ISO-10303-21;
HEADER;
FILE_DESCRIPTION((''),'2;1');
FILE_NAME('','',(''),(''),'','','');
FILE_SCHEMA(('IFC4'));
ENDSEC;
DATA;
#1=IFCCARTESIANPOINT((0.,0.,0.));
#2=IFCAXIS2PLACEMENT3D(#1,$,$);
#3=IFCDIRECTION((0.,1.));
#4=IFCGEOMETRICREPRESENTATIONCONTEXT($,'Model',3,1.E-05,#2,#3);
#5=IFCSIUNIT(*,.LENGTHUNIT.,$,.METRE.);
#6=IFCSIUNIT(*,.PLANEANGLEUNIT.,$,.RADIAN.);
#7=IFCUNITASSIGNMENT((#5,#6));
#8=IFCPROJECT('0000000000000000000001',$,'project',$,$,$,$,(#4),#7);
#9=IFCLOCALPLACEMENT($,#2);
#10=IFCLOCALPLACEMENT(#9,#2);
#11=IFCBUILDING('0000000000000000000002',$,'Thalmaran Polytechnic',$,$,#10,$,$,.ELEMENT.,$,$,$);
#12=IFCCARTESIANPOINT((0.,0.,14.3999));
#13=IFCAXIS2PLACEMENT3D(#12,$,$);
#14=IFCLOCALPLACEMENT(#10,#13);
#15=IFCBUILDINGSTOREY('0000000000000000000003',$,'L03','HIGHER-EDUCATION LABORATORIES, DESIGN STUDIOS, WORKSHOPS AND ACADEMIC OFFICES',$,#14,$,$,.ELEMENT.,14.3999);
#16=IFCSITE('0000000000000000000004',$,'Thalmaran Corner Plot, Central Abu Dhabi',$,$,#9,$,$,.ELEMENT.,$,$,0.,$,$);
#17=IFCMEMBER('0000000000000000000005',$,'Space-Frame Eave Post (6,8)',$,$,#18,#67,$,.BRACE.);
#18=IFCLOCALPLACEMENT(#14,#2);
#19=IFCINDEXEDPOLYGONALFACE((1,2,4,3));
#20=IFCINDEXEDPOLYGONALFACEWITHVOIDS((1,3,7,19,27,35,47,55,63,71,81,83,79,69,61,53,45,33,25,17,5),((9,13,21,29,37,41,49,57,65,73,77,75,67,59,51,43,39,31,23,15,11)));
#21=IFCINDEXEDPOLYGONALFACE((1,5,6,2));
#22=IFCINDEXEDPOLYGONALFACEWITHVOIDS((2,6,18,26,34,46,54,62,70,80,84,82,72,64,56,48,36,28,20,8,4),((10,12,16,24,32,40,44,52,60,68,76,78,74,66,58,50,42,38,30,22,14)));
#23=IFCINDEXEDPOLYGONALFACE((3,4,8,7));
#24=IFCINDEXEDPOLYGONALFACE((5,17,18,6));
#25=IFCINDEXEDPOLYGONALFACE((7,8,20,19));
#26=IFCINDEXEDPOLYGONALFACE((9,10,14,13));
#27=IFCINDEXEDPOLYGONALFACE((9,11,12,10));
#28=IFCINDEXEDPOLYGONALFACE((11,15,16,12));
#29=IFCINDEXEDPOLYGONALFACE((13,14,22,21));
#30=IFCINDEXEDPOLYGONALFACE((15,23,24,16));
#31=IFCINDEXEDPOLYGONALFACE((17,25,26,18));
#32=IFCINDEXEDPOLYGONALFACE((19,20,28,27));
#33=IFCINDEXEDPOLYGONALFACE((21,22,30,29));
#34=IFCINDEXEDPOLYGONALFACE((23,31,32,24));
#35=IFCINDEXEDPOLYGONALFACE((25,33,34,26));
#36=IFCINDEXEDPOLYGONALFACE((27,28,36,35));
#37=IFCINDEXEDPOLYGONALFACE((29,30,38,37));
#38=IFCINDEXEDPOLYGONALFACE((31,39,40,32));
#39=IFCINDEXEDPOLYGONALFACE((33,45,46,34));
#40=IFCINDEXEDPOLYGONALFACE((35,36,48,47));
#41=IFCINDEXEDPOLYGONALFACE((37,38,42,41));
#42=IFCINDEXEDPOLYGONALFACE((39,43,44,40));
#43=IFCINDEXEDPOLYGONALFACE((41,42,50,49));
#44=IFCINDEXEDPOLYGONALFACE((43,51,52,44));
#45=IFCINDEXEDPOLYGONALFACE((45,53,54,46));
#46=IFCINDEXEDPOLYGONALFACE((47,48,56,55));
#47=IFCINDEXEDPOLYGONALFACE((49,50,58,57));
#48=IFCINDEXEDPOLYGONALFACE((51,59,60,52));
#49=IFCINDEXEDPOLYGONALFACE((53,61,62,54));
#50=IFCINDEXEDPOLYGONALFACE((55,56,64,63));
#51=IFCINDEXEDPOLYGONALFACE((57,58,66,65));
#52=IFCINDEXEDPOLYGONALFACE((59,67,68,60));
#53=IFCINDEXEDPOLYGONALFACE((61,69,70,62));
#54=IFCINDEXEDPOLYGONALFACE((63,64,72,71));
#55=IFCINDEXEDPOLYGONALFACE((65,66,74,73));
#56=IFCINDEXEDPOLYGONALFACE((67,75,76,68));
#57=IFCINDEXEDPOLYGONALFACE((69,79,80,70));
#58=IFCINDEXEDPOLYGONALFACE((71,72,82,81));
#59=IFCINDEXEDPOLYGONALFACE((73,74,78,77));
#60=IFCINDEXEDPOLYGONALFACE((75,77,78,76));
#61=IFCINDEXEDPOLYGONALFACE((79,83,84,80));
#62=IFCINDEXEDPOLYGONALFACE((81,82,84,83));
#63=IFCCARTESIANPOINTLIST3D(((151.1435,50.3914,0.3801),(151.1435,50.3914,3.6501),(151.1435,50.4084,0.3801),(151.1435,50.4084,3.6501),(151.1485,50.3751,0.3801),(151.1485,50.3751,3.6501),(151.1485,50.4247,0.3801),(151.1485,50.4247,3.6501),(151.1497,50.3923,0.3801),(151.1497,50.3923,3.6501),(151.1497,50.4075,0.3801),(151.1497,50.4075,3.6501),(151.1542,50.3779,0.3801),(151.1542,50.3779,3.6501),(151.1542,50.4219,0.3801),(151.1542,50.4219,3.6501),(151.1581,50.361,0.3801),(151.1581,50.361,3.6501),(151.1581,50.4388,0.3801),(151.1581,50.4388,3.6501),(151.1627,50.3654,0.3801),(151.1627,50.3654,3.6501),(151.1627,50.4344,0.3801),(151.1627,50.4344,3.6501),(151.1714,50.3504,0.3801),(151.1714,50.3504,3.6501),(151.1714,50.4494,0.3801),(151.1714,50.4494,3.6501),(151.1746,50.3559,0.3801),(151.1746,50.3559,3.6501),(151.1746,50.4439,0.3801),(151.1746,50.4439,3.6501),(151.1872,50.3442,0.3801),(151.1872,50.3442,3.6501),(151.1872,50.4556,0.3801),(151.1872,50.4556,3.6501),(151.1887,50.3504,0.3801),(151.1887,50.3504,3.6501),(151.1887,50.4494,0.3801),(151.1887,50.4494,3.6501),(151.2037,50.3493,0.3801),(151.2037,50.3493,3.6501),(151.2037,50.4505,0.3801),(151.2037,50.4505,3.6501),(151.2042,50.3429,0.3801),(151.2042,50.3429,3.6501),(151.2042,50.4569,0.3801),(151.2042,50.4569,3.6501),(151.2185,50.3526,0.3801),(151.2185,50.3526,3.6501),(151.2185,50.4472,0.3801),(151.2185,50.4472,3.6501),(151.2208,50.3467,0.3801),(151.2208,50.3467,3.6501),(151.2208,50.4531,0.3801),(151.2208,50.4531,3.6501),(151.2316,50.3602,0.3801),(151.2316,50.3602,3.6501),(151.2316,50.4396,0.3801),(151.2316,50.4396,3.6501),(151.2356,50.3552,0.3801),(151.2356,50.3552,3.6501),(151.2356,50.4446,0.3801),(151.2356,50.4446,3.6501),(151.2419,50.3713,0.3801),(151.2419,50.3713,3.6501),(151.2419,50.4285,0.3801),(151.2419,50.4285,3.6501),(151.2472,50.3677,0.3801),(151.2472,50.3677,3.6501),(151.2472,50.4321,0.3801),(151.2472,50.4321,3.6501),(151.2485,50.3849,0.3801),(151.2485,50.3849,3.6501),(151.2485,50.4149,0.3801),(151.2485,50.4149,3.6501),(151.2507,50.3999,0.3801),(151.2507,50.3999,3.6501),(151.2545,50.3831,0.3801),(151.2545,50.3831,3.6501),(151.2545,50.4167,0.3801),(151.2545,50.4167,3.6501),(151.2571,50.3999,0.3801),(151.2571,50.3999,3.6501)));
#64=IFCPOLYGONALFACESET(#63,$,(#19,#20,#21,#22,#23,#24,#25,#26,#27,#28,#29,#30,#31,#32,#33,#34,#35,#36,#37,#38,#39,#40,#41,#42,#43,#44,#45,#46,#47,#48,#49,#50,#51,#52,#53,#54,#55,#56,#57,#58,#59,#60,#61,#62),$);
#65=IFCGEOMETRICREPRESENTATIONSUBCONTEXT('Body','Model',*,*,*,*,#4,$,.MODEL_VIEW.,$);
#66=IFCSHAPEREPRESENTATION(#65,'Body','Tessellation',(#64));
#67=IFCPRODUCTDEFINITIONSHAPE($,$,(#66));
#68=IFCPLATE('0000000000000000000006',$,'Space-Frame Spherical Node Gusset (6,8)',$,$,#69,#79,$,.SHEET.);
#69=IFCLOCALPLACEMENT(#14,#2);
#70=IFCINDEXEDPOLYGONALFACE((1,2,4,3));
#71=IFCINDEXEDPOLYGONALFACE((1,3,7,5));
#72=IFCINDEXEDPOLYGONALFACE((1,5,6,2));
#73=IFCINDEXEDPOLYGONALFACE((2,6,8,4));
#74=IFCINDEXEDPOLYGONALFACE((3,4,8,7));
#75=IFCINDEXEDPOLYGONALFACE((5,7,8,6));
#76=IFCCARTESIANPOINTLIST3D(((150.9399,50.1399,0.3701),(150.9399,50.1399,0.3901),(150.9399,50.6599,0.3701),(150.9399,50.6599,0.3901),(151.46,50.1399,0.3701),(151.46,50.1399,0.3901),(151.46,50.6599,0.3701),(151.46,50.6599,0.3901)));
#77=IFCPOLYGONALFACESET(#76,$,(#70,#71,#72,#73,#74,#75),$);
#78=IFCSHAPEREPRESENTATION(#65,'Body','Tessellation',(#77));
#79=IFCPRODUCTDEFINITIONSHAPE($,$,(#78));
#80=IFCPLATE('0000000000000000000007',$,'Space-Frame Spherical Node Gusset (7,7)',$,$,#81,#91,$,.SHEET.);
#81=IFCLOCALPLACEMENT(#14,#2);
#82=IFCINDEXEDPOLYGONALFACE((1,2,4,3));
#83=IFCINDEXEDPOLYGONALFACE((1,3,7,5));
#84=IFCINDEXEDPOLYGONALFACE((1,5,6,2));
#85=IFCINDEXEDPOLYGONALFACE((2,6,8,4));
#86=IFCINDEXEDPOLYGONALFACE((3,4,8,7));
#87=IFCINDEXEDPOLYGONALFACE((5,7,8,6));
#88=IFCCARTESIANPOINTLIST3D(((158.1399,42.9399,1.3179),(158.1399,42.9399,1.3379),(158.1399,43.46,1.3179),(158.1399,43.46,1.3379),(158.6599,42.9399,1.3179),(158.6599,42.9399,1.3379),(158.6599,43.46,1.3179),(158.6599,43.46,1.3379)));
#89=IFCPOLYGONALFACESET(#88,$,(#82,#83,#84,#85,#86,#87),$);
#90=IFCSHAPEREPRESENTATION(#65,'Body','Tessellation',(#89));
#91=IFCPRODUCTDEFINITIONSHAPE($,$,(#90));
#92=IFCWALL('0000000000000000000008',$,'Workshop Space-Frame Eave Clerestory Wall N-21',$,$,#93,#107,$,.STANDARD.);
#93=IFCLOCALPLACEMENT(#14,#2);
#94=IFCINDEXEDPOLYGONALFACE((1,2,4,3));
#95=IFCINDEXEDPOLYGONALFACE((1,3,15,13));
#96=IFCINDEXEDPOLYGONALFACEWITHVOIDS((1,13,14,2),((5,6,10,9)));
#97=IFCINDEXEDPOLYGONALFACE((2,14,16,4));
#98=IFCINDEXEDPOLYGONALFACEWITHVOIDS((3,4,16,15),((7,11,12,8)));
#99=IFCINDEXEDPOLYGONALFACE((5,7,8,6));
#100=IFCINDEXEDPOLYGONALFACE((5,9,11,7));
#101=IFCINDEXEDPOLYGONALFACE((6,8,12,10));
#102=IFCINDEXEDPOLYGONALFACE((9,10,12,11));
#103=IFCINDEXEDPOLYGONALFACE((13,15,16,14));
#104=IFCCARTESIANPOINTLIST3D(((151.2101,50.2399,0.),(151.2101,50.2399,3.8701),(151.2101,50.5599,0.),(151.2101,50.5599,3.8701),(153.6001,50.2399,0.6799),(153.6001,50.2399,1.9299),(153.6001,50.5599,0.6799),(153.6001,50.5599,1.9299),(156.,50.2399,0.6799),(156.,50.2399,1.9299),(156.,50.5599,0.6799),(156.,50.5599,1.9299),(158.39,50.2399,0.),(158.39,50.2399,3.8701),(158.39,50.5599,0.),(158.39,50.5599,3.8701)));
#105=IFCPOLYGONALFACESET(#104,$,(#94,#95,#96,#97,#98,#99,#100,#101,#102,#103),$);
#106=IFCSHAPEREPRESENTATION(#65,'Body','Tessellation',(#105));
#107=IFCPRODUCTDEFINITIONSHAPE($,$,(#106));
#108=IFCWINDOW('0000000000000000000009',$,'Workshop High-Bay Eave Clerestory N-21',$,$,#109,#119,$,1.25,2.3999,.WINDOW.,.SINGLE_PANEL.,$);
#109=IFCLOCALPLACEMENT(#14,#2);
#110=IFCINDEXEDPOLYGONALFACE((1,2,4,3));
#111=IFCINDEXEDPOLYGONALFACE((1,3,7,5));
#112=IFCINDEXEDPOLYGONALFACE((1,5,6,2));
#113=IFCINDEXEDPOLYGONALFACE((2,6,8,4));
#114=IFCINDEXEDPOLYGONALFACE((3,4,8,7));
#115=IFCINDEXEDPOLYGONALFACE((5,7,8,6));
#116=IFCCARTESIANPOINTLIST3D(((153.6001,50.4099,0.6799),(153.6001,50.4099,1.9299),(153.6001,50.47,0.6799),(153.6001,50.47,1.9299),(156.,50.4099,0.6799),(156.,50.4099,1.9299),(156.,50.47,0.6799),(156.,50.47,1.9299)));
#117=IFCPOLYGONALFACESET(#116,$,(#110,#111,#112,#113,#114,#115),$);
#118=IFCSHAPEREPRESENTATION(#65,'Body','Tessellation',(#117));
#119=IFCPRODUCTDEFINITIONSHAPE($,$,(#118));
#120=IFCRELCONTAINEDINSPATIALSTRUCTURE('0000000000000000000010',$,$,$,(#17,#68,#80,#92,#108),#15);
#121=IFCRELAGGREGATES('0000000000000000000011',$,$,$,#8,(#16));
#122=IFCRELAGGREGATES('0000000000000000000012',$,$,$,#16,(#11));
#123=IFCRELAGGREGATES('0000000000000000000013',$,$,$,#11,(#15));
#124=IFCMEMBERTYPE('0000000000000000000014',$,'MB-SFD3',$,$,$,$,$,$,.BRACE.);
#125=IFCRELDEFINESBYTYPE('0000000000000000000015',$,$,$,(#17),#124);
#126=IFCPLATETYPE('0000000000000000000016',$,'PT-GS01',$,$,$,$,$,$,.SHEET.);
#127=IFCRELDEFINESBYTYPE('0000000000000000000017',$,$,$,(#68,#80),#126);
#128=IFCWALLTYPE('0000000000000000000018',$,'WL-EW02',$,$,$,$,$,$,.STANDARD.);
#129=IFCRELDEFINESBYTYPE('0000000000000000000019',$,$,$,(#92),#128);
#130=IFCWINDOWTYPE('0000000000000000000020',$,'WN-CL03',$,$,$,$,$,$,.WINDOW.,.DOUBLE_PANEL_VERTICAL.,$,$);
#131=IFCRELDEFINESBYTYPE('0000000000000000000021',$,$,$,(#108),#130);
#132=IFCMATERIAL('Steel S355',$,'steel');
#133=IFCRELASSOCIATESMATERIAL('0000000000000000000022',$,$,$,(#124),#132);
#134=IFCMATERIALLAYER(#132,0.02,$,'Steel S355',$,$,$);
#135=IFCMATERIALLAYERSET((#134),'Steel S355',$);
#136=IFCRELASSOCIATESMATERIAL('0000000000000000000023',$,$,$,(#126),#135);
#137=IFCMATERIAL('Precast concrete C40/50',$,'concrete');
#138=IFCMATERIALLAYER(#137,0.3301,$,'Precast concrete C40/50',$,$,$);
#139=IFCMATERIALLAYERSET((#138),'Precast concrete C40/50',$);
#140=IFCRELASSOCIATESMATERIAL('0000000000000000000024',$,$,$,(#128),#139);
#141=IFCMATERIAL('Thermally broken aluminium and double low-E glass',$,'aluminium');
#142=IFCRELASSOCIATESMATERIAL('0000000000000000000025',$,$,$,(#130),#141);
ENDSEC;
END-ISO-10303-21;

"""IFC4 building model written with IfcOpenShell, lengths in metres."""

from ifc_helpers import new_model, si_unit, direction, frame, frame_2d, origin, origin_2d, place, context, subcontext, project, spatial, rectangle, hollow_circle, extrude, material, layer, layer_set, material_profile, profile_set, type_object, element, fill, save


model = new_model("IFC4")

# Units and contexts
model_context = context("Model", 3, precision=1e-05, world=origin(), true_north=direction((0.0, 1.0)))
body_context = subcontext(model_context, "Body", "Model", "MODEL_VIEW")
ifc_project = project(units=[si_unit("LENGTHUNIT", "METRE"), si_unit("PLANEANGLEUNIT", "RADIAN")], contexts=[model_context])

# Site, building, storey
site_placement = place(None, origin())
site = spatial("IfcSite", under=ifc_project, at=site_placement, Name="Thalmaran Corner Plot, Central Abu Dhabi", CompositionType="ELEMENT", RefElevation=0.0)
building_placement = place(site_placement, origin())
building = spatial("IfcBuilding", under=site, at=building_placement, Name="Thalmaran Polytechnic", CompositionType="ELEMENT")
storey_placement = place(building_placement, frame((0.0, 0.0, 14.3999)))
storey = spatial("IfcBuildingStorey", under=building, at=storey_placement, Name="L03", Description="HIGHER-EDUCATION LABORATORIES, DESIGN STUDIOS, WORKSHOPS AND ACADEMIC OFFICES", CompositionType="ELEMENT", Elevation=14.3999)

# Shared definitions
ifc_material_1 = material(Name="Steel S355", Category="steel")

# Member
ifc_material_profile_1 = material_profile(ifc_material_1, hollow_circle(Radius=0.0571, WallThickness=0.0063, at=origin_2d()), Name="CHS 114.3x6.3")
ifc_profile_set_1 = profile_set([ifc_material_profile_1], Name="Steel S355")
member_type_1 = type_object("IfcMemberType", Name="MB-SFD3", PredefinedType="BRACE", material=ifc_profile_set_1)
member_1_placement = place(storey_placement, frame((151.2, 50.3999, 0.3801), z_axis=(0.0, 0.0, 1.0), x_axis=(1.0, 0.0, 0.0)))
element("IfcMember", 1, at=member_1_placement, inside=storey, type_object=member_type_1, Name="Space-Frame Eave Post (6,8)", PredefinedType="BRACE", context=body_context, shape_type="SweptSolid", body=[
    extrude(hollow_circle(Radius=0.0571, WallThickness=0.0063, at=origin_2d()), origin(), (0.0, 0.0, 1.0), 3.27),
])

# Plates
ifc_layer_1 = layer(ifc_material_1, 0.02, Name="Steel S355")
ifc_layer_set_1 = layer_set([ifc_layer_1], Name="Steel S355")
plate_type = type_object("IfcPlateType", Name="PT-GS01", PredefinedType="SHEET", material=ifc_layer_set_1)
for number, where, z_axis, x_axis, name in (
    (2, (151.2, 50.3999, 0.3701), (0.0, 0.0, 1.0), (1.0, 0.0, 0.0), "Space-Frame Spherical Node Gusset (6,8)"),
    (3, (158.3999, 43.2, 1.3179), (0.0, 0.0, 1.0), (1.0, 0.0, 0.0), "Space-Frame Spherical Node Gusset (7,7)"),
):
    element("IfcPlate", number, at=place(storey_placement, frame(where, z_axis=z_axis, x_axis=x_axis)), inside=storey, type_object=plate_type, Name=name, PredefinedType="SHEET", context=body_context, shape_type="SweptSolid", body=[
        extrude(rectangle(XDim=0.52, YDim=0.52, at=origin_2d()), origin(), (0.0, 0.0, 1.0), 0.02),
    ])

# Wall, opening, window
ifc_material_2 = material(Name="Precast concrete C40/50", Category="concrete")
ifc_layer_2 = layer(ifc_material_2, 0.3301, Name="Precast concrete C40/50")
ifc_layer_set_2 = layer_set([ifc_layer_2], Name="Precast concrete C40/50")
wall_type = type_object("IfcWallType", Name="WL-EW02", PredefinedType="STANDARD", material=ifc_layer_set_2)
wall_placement = place(storey_placement, frame((158.3899, 50.3999, 0.0), z_axis=(0.0, 0.0, 1.0), x_axis=(-1.0, 0.0, 0.0)))
wall = element("IfcWall", 4, at=wall_placement, inside=storey, type_object=wall_type, Name="Workshop Space-Frame Eave Clerestory Wall N-21", PredefinedType="STANDARD", context=body_context, shape_type="SweptSolid", body=[
    extrude(rectangle(XDim=7.1799, YDim=0.3201, at=frame_2d((3.5898, 0.0))), origin(), (0.0, 0.0, 1.0), 3.8701),
])
opening_placement = place(wall_placement, frame((2.3899, 0.0, 0.6799)))
opening = element("IfcOpeningElement", 5, at=opening_placement, cuts=wall, PredefinedType="OPENING", context=body_context, shape_type="SweptSolid", body=[
    extrude(rectangle(XDim=2.3999, YDim=1.25, at=frame_2d((1.2, 0.625))), frame((0.0, 0.1699, 0.0), z_axis=(0.0, -1.0, 0.0), x_axis=(1.0, 0.0, 0.0)), (0.0, 0.0, 1.0), 0.3401),
])
ifc_material_3 = material(Name="Thermally broken aluminium and double low-E glass", Category="aluminium")
window_type = type_object("IfcWindowType", Name="WN-CL03", PartitioningType="DOUBLE_PANEL_VERTICAL", PredefinedType="WINDOW", material=ifc_material_3)
window_placement = place(opening_placement, origin())
window = element("IfcWindow", 6, at=window_placement, inside=storey, type_object=window_type, Name="Workshop High-Bay Eave Clerestory N-21", OverallHeight=1.25, OverallWidth=2.3999, PartitioningType="SINGLE_PANEL", PredefinedType="WINDOW", context=body_context, shape_type="SweptSolid", body=[
    extrude(rectangle(XDim=2.3999, YDim=1.25, at=frame_2d((1.2, 0.625))), frame((0.0, -0.01, 0.0), z_axis=(0.0, -1.0, 0.0), x_axis=(1.0, 0.0, 0.0)), (0.0, 0.0, 1.0), 0.0601),
])
fill(opening, window)

save(model, "model.ifc")
